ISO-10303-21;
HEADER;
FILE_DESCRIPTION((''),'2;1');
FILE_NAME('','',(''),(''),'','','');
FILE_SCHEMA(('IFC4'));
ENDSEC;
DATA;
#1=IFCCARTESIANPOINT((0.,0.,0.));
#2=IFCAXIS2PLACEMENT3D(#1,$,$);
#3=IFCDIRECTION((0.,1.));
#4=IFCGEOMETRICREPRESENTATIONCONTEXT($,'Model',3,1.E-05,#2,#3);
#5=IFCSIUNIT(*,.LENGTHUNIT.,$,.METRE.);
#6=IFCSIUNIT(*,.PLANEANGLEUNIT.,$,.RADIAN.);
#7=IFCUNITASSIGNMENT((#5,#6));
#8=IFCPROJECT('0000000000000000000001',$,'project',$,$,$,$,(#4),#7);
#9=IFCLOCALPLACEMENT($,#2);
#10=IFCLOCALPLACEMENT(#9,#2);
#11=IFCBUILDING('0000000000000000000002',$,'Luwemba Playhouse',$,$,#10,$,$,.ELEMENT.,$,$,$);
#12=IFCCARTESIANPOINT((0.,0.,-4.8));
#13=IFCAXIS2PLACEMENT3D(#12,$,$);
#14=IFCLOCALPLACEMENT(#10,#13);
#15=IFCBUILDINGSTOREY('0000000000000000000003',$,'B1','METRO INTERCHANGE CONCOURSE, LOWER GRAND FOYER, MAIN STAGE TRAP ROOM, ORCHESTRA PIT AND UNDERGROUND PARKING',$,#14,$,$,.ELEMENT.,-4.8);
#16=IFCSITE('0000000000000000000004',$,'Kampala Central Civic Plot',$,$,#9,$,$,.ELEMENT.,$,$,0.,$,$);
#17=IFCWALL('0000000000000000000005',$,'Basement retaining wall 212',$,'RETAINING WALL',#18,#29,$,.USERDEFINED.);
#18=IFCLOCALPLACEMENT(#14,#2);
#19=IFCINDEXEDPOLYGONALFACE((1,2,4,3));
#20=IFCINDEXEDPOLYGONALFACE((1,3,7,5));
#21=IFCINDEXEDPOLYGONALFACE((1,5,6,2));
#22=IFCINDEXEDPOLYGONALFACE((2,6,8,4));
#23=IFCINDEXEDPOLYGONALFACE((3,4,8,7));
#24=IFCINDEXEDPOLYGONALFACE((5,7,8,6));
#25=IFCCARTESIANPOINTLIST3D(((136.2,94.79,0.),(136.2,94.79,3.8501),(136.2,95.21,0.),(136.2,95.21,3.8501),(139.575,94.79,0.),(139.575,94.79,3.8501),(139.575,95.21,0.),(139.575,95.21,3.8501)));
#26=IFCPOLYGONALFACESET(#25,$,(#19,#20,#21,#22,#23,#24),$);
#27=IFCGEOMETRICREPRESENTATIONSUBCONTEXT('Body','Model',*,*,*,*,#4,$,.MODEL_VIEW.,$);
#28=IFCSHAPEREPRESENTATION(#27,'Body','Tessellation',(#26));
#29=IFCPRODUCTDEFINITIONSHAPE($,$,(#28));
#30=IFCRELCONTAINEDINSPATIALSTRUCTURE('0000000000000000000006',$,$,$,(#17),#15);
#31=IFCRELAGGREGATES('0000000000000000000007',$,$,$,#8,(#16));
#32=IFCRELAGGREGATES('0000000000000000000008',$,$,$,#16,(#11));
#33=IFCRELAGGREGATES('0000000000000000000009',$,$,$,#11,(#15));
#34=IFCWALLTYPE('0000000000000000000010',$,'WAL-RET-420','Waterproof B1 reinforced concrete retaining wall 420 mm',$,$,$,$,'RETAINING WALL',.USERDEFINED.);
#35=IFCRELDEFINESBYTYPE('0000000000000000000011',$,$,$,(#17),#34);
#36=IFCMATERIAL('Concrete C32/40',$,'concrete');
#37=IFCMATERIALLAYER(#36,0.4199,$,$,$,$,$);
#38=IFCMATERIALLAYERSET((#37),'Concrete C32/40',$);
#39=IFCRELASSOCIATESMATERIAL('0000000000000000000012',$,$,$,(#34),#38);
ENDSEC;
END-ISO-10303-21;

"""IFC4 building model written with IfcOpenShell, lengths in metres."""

from ifc_helpers import new_model, si_unit, direction, frame, frame_2d, origin, place, context, subcontext, project, spatial, rectangle, extrude, material, layer, layer_set, type_object, element, save


model = new_model("IFC4")

# Units and contexts
model_context = context("Model", 3, precision=1e-05, world=origin(), true_north=direction((0.0, 1.0)))
body_context = subcontext(model_context, "Body", "Model", "MODEL_VIEW")
ifc_project = project(units=[si_unit("LENGTHUNIT", "METRE"), si_unit("PLANEANGLEUNIT", "RADIAN")], contexts=[model_context])

# Site, building, storey
site_placement = place(None, origin())
site = spatial("IfcSite", under=ifc_project, at=site_placement, Name="Kampala Central Civic Plot", CompositionType="ELEMENT", RefElevation=0.0)
building_placement = place(site_placement, origin())
building = spatial("IfcBuilding", under=site, at=building_placement, Name="Luwemba Playhouse", CompositionType="ELEMENT")
storey_placement = place(building_placement, frame((0.0, 0.0, -4.8)))
storey = spatial("IfcBuildingStorey", under=building, at=storey_placement, Name="B1", Description="METRO INTERCHANGE CONCOURSE, LOWER GRAND FOYER, MAIN STAGE TRAP ROOM, ORCHESTRA PIT AND UNDERGROUND PARKING", CompositionType="ELEMENT", Elevation=-4.8)

# Shared definitions
ifc_material_1 = material(Name="Concrete C32/40", Category="concrete")

# Wall
ifc_layer_1 = layer(ifc_material_1, 0.4199)
ifc_layer_set_1 = layer_set([ifc_layer_1], Name="Concrete C32/40")
wall_type_1 = type_object("IfcWallType", Name="WAL-RET-420", Description="Waterproof B1 reinforced concrete retaining wall 420 mm", ElementType="RETAINING WALL", PredefinedType="USERDEFINED", material=ifc_layer_set_1)
wall_1_placement = place(storey_placement, frame((139.575, 95.0, 0.0), z_axis=(0.0, 0.0, 1.0), x_axis=(-1.0, 0.0, 0.0)))
element("IfcWall", 1, at=wall_1_placement, inside=storey, type_object=wall_type_1, Name="Basement retaining wall 212", ObjectType="RETAINING WALL", PredefinedType="USERDEFINED", context=body_context, shape_type="SweptSolid", body=[
    extrude(rectangle(XDim=3.375, YDim=0.4199, at=frame_2d((1.6875, 0.0))), origin(), (0.0, 0.0, 1.0), 3.8501),
])

save(model, "model.ifc")
